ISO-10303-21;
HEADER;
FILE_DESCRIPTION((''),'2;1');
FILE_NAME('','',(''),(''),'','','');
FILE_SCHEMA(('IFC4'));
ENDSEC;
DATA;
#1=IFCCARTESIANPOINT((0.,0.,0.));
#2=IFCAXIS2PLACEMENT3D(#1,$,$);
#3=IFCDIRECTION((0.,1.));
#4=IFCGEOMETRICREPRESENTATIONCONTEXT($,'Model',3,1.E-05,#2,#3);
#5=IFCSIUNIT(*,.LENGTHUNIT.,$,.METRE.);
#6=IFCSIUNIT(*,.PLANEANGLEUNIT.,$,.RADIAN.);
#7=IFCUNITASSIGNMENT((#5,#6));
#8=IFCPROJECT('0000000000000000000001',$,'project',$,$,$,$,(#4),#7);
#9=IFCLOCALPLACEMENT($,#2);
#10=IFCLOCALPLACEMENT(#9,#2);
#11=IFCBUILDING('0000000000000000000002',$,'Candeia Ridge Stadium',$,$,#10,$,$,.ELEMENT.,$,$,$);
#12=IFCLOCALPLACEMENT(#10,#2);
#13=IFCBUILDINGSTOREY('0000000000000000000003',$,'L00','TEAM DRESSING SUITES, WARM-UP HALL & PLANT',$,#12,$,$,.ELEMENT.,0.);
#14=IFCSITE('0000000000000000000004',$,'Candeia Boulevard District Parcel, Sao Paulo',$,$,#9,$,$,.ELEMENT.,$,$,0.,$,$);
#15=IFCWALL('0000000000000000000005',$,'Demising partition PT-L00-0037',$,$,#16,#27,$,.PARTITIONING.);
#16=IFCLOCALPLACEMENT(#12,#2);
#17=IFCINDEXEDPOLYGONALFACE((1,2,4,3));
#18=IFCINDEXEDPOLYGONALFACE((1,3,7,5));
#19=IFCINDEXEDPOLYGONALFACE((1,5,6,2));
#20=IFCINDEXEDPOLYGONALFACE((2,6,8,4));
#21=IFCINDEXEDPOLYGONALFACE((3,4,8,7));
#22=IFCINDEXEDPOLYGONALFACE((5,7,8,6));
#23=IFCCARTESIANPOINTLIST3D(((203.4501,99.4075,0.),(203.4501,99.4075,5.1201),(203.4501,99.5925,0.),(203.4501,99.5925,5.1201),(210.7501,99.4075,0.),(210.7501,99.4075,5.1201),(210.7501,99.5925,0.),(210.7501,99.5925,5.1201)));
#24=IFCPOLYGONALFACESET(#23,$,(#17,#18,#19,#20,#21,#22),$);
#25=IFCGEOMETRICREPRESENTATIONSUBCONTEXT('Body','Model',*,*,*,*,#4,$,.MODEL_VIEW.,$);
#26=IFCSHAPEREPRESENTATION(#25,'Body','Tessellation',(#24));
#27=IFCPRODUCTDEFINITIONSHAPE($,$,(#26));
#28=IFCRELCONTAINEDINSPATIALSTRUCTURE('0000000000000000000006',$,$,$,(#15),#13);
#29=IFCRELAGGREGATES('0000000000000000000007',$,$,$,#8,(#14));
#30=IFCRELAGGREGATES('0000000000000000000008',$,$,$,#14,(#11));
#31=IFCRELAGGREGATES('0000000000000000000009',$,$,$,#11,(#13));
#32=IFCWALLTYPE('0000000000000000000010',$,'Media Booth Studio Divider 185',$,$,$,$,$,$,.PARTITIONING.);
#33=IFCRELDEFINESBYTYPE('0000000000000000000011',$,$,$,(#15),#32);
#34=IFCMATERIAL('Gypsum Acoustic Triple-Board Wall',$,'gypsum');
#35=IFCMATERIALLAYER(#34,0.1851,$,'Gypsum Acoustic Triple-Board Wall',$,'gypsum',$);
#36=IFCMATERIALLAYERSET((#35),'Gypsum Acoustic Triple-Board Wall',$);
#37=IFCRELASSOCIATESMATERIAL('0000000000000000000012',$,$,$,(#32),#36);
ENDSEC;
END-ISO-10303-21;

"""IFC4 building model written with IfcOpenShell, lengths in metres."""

from ifc_helpers import new_model, si_unit, direction, frame, frame_2d, origin, place, context, subcontext, project, spatial, rectangle, extrude, material, layer, layer_set, type_object, element, save


model = new_model("IFC4")

# Units and contexts
model_context = context("Model", 3, precision=1e-05, world=origin(), true_north=direction((0.0, 1.0)))
body_context = subcontext(model_context, "Body", "Model", "MODEL_VIEW")
ifc_project = project(units=[si_unit("LENGTHUNIT", "METRE"), si_unit("PLANEANGLEUNIT", "RADIAN")], contexts=[model_context])

# Site, building, storey
site_placement = place(None, origin())
site = spatial("IfcSite", under=ifc_project, at=site_placement, Name="Candeia Boulevard District Parcel, Sao Paulo", CompositionType="ELEMENT", RefElevation=0.0)
building_placement = place(site_placement, origin())
building = spatial("IfcBuilding", under=site, at=building_placement, Name="Candeia Ridge Stadium", CompositionType="ELEMENT")
storey_placement = place(building_placement, origin())
storey = spatial("IfcBuildingStorey", under=building, at=storey_placement, Name="L00", Description="TEAM DRESSING SUITES, WARM-UP HALL & PLANT", CompositionType="ELEMENT", Elevation=0.0)

# Wall
ifc_material_1 = material(Name="Gypsum Acoustic Triple-Board Wall", Category="gypsum")
ifc_layer_1 = layer(ifc_material_1, 0.1851, Name="Gypsum Acoustic Triple-Board Wall", Category="gypsum")
ifc_layer_set_1 = layer_set([ifc_layer_1], Name="Gypsum Acoustic Triple-Board Wall")
wall_type_1 = type_object("IfcWallType", Name="Media Booth Studio Divider 185", PredefinedType="PARTITIONING", material=ifc_layer_set_1)
wall_1_placement = place(storey_placement, frame((210.75, 99.5, 0.0), z_axis=(0.0, 0.0, 1.0), x_axis=(-1.0, 0.0, 0.0)))
element("IfcWall", 1, at=wall_1_placement, inside=storey, type_object=wall_type_1, Name="Demising partition PT-L00-0037", PredefinedType="PARTITIONING", context=body_context, shape_type="SweptSolid", body=[
    extrude(rectangle(XDim=7.3, YDim=0.1851, at=frame_2d((3.6499, 0.0))), origin(), (0.0, 0.0, 1.0), 5.1201),
])

save(model, "model.ifc")
